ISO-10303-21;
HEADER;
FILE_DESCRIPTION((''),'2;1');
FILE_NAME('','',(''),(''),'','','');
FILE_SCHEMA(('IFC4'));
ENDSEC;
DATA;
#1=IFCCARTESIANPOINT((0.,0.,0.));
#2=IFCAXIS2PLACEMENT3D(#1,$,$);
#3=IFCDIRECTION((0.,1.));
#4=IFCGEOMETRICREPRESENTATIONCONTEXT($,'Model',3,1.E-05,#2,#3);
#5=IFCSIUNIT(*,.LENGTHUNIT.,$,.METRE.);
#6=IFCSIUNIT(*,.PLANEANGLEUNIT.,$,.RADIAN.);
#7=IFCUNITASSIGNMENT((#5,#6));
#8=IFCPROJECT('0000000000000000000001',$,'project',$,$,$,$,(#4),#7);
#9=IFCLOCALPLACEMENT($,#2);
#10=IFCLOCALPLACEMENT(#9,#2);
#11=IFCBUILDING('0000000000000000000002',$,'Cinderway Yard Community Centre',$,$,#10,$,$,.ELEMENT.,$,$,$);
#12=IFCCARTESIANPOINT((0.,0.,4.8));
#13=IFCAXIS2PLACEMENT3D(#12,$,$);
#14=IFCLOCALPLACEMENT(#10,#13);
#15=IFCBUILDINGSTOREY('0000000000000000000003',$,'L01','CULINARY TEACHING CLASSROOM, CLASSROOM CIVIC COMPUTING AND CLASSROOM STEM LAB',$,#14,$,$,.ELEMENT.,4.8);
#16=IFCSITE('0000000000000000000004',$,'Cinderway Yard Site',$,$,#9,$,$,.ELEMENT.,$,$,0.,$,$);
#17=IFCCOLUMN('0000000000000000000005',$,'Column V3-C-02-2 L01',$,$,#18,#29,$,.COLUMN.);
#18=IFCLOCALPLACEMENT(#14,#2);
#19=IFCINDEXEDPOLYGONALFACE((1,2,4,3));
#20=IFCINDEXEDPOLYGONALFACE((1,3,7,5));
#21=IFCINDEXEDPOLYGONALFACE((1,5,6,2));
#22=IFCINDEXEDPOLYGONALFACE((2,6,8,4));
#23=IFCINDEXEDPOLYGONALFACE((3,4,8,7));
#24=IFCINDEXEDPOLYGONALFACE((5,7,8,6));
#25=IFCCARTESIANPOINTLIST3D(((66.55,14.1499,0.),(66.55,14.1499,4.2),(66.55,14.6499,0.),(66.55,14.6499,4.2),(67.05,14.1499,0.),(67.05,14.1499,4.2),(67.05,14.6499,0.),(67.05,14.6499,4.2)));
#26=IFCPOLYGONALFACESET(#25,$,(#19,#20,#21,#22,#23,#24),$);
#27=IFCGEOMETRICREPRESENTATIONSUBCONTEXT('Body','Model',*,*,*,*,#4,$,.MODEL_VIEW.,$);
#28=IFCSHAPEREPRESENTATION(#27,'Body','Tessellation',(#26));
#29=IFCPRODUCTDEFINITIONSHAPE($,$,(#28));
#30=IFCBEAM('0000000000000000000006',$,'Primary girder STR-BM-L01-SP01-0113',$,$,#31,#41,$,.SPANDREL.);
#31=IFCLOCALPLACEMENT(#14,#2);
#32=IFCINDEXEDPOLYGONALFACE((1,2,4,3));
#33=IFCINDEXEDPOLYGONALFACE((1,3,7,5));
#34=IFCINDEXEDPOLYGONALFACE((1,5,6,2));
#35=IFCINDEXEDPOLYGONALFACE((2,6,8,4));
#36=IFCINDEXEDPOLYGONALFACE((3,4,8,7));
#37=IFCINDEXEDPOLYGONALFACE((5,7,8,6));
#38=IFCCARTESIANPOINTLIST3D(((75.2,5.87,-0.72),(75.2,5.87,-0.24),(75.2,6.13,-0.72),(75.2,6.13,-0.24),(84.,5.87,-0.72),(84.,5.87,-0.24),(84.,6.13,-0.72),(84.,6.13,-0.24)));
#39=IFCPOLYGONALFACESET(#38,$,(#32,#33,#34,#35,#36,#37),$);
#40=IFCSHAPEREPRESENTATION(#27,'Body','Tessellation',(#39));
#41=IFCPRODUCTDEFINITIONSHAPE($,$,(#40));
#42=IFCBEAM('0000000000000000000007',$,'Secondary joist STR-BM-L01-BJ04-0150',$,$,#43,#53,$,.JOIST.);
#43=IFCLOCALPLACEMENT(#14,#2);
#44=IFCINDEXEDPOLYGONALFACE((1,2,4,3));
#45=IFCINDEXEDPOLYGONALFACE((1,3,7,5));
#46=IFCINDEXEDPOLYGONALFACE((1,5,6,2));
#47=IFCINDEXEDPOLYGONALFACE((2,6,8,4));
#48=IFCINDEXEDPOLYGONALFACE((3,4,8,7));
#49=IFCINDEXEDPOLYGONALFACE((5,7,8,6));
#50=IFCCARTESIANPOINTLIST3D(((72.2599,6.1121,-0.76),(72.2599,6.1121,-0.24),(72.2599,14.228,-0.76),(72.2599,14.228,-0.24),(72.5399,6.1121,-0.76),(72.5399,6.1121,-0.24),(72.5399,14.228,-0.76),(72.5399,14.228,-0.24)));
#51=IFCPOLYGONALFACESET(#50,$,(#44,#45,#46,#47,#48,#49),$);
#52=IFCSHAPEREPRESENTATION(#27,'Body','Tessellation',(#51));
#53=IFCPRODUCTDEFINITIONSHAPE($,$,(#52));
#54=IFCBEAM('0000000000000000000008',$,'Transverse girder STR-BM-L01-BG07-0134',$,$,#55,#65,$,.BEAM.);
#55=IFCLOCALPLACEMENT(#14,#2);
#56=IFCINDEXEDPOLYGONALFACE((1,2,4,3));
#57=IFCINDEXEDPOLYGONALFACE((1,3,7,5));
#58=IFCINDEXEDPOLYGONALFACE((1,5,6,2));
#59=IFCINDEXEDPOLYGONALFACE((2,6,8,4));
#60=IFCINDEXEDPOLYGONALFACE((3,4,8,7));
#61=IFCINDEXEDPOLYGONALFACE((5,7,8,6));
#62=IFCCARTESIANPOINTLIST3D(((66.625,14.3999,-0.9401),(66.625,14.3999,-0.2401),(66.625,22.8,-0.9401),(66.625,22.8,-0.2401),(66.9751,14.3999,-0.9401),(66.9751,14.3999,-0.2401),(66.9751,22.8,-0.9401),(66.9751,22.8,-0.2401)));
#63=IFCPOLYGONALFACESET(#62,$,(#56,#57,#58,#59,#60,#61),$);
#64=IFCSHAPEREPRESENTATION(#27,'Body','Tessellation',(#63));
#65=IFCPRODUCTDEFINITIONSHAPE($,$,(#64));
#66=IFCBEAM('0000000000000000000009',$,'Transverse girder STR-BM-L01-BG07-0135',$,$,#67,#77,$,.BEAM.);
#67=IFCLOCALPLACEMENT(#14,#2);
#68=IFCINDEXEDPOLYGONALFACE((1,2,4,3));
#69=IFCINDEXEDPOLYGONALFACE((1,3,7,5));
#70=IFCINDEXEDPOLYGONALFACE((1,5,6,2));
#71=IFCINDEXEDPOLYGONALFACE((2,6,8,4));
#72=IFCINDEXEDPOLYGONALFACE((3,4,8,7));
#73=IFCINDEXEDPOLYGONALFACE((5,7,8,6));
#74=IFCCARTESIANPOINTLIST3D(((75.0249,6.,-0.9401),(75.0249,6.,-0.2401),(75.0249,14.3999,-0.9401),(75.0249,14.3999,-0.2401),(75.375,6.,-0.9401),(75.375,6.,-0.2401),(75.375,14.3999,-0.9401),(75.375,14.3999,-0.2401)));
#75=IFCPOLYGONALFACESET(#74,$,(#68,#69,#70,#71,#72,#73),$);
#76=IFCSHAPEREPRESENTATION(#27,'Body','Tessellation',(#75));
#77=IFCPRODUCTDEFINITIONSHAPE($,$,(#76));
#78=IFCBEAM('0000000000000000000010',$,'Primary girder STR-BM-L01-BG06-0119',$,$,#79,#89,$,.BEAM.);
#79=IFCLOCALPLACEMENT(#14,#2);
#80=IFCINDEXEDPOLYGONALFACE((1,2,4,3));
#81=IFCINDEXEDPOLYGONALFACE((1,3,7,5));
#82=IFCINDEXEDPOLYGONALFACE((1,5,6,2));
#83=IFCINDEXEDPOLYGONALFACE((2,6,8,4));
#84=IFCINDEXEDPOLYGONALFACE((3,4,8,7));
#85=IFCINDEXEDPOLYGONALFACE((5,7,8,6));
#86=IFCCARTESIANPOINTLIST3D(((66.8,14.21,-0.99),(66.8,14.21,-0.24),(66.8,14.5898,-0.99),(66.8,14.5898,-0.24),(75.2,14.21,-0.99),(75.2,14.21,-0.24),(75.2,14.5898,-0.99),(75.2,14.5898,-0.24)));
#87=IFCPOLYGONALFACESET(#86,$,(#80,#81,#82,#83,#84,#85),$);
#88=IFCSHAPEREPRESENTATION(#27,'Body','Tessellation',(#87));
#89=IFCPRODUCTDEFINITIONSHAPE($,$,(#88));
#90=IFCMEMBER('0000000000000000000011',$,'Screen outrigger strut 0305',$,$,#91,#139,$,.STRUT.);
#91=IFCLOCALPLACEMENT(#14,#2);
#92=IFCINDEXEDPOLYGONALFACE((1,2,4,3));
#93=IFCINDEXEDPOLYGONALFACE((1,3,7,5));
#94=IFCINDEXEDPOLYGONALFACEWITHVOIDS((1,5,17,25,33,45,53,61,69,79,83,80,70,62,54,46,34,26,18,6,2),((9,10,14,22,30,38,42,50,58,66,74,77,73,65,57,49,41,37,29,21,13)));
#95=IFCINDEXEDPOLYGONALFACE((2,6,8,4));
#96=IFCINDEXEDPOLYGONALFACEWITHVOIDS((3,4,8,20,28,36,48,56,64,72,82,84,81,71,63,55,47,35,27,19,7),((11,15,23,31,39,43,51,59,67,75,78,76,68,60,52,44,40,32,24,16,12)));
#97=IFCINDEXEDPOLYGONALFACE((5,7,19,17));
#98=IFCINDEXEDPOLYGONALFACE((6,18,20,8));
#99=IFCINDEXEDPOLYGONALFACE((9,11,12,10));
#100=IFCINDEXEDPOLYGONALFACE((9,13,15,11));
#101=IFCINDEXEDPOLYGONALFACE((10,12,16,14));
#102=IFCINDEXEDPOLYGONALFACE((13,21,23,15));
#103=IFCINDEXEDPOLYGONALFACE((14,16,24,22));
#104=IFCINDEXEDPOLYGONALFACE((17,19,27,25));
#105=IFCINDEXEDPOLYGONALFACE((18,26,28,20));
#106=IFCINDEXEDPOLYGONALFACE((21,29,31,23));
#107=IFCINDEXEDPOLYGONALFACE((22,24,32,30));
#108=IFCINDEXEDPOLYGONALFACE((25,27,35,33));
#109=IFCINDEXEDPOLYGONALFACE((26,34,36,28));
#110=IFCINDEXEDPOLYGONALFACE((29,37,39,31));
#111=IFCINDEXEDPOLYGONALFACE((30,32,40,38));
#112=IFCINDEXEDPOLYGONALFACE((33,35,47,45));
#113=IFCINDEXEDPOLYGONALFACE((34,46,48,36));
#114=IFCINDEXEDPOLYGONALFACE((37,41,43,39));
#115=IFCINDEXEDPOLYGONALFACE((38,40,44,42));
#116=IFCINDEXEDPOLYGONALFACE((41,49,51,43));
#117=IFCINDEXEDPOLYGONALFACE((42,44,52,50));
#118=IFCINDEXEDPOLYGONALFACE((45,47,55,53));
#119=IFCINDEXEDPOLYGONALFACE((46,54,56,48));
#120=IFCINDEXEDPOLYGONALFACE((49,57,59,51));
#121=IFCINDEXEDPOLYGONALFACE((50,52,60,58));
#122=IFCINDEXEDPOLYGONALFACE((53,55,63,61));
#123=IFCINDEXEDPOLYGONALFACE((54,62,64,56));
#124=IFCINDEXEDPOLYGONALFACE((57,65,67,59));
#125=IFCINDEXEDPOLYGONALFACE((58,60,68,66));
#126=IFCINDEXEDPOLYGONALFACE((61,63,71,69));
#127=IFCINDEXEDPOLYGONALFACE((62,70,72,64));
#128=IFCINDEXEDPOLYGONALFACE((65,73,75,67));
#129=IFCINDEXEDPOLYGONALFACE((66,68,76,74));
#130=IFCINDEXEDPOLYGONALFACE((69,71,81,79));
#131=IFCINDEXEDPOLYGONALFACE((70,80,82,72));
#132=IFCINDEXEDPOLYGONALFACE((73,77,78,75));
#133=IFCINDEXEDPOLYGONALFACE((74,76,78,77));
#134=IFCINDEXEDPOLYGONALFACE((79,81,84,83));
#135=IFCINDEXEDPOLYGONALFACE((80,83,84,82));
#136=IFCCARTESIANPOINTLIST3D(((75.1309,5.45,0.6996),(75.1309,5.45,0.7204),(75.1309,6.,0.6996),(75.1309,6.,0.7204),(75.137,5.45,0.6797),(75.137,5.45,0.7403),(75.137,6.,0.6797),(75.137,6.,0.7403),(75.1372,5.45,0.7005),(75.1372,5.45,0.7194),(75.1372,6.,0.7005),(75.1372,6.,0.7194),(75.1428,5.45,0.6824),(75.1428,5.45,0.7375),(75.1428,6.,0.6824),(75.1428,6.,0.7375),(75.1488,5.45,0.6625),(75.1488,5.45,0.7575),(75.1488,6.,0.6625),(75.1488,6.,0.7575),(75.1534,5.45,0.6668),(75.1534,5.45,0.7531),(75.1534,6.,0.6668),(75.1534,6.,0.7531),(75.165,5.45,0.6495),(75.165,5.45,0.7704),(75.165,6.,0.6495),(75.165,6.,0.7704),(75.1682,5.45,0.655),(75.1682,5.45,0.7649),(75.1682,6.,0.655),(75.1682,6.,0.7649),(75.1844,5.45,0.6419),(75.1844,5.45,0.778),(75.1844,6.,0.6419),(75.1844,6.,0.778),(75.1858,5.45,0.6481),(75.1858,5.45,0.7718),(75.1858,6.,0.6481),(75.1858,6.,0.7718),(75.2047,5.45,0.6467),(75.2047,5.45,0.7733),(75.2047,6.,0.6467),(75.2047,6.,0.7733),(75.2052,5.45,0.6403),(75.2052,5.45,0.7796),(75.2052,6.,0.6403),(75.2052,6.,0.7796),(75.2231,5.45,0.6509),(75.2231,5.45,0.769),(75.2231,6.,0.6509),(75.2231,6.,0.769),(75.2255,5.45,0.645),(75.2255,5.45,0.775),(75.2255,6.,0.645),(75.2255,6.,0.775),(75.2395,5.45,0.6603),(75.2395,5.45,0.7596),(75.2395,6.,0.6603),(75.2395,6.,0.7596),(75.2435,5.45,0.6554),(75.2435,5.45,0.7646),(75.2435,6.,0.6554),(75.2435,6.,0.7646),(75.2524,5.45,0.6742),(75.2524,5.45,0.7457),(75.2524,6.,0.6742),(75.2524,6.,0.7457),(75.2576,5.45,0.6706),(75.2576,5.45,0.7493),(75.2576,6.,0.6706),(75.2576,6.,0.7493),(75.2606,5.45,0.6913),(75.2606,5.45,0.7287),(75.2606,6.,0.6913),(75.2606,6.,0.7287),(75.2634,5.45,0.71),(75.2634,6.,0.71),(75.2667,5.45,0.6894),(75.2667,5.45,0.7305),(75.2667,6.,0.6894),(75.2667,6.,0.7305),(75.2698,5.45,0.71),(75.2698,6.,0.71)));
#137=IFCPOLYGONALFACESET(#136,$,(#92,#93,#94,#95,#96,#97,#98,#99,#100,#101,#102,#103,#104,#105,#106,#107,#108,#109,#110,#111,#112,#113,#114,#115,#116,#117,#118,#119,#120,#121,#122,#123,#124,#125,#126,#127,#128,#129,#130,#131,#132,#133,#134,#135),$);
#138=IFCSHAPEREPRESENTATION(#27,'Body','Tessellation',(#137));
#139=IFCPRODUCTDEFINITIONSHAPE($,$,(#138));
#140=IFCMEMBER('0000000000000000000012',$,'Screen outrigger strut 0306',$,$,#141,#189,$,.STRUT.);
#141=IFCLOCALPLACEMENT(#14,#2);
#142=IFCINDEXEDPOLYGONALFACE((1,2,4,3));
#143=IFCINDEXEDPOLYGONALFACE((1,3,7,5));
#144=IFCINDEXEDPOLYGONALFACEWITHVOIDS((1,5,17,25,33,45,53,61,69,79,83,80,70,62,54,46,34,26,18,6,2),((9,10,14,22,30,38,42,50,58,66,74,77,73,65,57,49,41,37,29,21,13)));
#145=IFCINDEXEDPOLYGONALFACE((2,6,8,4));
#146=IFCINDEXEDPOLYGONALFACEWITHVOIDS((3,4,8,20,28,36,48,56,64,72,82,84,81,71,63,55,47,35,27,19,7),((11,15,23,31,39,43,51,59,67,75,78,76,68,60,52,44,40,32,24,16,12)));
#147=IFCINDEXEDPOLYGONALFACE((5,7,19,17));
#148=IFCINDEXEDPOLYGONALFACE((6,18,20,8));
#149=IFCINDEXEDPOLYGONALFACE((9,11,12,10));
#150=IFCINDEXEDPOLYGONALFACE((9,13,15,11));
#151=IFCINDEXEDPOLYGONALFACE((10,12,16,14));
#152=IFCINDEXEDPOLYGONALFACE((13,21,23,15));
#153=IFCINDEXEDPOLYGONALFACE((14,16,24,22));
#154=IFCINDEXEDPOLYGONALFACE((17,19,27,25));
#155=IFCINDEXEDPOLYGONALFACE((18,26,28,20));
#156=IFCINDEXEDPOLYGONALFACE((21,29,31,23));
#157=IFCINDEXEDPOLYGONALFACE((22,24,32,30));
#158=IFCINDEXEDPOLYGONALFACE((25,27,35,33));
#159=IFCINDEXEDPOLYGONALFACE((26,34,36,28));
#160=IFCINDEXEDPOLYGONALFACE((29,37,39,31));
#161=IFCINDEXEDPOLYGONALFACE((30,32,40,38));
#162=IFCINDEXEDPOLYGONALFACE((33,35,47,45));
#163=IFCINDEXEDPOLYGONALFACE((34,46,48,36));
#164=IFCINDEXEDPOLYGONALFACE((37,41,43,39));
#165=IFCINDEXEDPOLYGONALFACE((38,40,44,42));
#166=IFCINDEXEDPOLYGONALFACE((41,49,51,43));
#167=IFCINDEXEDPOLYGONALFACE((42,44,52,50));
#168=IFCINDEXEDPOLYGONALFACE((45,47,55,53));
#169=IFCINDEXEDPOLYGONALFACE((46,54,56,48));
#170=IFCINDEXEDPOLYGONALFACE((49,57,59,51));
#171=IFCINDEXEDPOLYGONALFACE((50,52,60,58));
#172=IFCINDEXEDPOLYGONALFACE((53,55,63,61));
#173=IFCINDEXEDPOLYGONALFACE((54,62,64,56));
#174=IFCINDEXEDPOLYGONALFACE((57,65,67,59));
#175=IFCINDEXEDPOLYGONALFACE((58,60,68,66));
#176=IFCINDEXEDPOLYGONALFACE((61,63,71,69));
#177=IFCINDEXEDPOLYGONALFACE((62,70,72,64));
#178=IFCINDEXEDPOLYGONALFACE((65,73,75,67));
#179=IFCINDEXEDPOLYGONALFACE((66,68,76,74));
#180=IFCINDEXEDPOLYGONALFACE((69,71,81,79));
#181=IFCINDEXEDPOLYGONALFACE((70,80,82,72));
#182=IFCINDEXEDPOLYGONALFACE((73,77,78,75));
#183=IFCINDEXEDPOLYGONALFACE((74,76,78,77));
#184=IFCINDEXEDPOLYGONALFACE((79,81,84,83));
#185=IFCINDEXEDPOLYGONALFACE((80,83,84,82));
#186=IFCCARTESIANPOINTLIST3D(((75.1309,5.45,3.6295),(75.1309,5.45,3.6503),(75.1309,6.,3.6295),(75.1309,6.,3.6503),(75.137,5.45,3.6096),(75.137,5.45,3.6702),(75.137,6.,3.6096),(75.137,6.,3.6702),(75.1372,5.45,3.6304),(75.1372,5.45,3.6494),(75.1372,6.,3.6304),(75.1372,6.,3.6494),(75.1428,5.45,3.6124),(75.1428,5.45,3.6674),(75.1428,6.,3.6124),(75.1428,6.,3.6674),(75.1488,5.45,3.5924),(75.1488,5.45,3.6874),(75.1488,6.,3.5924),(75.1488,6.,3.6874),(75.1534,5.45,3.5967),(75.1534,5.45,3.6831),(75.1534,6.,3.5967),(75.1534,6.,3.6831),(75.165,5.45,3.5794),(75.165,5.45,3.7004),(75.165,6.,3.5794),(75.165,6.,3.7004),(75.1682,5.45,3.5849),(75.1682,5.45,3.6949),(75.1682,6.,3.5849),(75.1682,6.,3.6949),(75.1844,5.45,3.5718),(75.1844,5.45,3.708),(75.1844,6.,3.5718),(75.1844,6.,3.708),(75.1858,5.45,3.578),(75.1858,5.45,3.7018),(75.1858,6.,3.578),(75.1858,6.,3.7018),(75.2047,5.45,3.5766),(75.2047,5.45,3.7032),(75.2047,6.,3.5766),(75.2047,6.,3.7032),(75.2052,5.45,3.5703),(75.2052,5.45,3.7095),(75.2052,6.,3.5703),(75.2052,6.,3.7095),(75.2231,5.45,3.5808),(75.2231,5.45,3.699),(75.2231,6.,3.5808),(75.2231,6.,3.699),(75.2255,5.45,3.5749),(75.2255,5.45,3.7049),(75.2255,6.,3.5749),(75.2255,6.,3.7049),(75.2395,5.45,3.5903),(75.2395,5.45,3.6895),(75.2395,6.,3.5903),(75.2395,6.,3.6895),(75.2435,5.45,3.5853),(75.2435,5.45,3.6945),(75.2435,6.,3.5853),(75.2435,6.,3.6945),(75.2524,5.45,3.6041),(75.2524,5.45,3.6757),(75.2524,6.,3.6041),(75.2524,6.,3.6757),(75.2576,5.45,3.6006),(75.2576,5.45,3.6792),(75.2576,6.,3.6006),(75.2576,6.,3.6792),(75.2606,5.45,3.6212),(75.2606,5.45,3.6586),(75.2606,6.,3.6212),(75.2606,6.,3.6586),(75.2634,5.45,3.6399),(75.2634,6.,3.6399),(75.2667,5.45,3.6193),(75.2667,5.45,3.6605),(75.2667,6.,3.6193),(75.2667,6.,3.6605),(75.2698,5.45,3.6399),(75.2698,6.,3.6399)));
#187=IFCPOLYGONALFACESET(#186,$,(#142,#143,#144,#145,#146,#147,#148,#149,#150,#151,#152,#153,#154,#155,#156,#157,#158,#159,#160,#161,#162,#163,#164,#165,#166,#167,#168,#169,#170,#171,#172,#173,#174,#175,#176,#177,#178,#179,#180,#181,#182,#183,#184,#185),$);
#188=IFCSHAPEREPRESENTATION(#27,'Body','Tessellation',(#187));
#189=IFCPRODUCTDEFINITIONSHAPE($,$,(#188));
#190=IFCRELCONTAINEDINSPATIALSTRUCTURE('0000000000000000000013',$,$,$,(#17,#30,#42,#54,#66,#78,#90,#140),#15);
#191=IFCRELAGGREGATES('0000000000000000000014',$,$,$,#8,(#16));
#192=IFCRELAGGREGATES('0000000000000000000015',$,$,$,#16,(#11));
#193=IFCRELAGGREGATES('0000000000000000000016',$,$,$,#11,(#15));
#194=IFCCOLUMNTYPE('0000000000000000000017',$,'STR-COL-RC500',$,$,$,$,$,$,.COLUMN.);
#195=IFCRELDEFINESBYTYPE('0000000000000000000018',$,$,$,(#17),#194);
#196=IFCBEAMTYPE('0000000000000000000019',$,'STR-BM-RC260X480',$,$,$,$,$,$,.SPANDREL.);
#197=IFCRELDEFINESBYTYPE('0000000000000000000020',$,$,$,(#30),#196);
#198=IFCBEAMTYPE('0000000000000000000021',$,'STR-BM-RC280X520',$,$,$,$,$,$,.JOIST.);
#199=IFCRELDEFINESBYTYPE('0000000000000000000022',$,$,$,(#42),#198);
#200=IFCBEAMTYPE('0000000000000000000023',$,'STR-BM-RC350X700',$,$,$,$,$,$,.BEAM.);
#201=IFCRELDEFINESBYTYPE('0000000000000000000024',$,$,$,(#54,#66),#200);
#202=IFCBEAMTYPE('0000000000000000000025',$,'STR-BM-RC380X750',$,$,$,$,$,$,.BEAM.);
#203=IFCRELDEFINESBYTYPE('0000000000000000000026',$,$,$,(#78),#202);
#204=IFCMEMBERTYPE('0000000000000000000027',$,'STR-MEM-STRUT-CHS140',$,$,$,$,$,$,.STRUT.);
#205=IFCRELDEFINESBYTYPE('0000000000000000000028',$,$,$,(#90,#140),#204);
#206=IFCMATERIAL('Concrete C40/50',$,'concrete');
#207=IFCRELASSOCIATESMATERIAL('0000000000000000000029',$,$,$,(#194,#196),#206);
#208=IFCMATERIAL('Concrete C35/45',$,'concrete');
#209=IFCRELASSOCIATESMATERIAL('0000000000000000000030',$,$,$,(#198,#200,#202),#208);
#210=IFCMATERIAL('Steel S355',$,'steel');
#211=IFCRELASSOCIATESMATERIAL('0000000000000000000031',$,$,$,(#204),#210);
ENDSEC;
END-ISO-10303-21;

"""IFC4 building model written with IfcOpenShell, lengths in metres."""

from ifc_helpers import new_model, si_unit, direction, frame, origin, origin_2d, place, context, subcontext, project, spatial, rectangle, hollow_circle, extrude, material, material_profile, profile_set, type_object, element, save


model = new_model("IFC4")

# Units and contexts
model_context = context("Model", 3, precision=1e-05, world=origin(), true_north=direction((0.0, 1.0)))
body_context = subcontext(model_context, "Body", "Model", "MODEL_VIEW")
ifc_project = project(units=[si_unit("LENGTHUNIT", "METRE"), si_unit("PLANEANGLEUNIT", "RADIAN")], contexts=[model_context])

# Site, building, storey
site_placement = place(None, origin())
site = spatial("IfcSite", under=ifc_project, at=site_placement, Name="Cinderway Yard Site", CompositionType="ELEMENT", RefElevation=0.0)
building_placement = place(site_placement, origin())
building = spatial("IfcBuilding", under=site, at=building_placement, Name="Cinderway Yard Community Centre", CompositionType="ELEMENT")
storey_placement = place(building_placement, frame((0.0, 0.0, 4.8)))
storey = spatial("IfcBuildingStorey", under=building, at=storey_placement, Name="L01", Description="CULINARY TEACHING CLASSROOM, CLASSROOM CIVIC COMPUTING AND CLASSROOM STEM LAB", CompositionType="ELEMENT", Elevation=4.8)

# Column
ifc_material_1 = material(Name="Concrete C40/50", Category="concrete")
ifc_material_profile_1 = material_profile(ifc_material_1, rectangle(XDim=0.5, YDim=0.5, at=origin_2d()), Name="Concrete C40/50")
ifc_profile_set_1 = profile_set([ifc_material_profile_1], Name="Concrete C40/50")
column_type = type_object("IfcColumnType", Name="STR-COL-RC500", PredefinedType="COLUMN", material=ifc_profile_set_1)
column_placement = place(storey_placement, frame((66.8, 14.3999, 0.0), z_axis=(0.0, 0.0, 1.0), x_axis=(1.0, 0.0, 0.0)))
element("IfcColumn", 1, at=column_placement, inside=storey, type_object=column_type, Name="Column V3-C-02-2 L01", PredefinedType="COLUMN", context=body_context, shape_type="SweptSolid", body=[
    extrude(rectangle(XDim=0.5, YDim=0.5, at=origin_2d()), origin(), (0.0, 0.0, 1.0), 4.2),
])

# Beams
ifc_material_profile_2 = material_profile(ifc_material_1, rectangle(XDim=0.26, YDim=0.48, at=origin_2d()), Name="Concrete C40/50")
ifc_profile_set_2 = profile_set([ifc_material_profile_2], Name="Concrete C40/50")
beam_type_1 = type_object("IfcBeamType", Name="STR-BM-RC260X480", PredefinedType="SPANDREL", material=ifc_profile_set_2)
beam_1_placement = place(storey_placement, frame((75.2, 6.0, -0.48), z_axis=(1.0, 0.0, 0.0), x_axis=(0.0, 1.0, 0.0)))
element("IfcBeam", 2, at=beam_1_placement, inside=storey, type_object=beam_type_1, Name="Primary girder STR-BM-L01-SP01-0113", PredefinedType="SPANDREL", context=body_context, shape_type="SweptSolid", body=[
    extrude(rectangle(XDim=0.26, YDim=0.48, at=origin_2d()), origin(), (0.0, 0.0, 1.0), 8.8),
])
ifc_material_2 = material(Name="Concrete C35/45", Category="concrete")
ifc_material_profile_3 = material_profile(ifc_material_2, rectangle(XDim=0.28, YDim=0.52, at=origin_2d()), Name="Concrete C35/45")
ifc_profile_set_3 = profile_set([ifc_material_profile_3], Name="Concrete C35/45")
beam_type_2 = type_object("IfcBeamType", Name="STR-BM-RC280X520", PredefinedType="JOIST", material=ifc_profile_set_3)
beam_2_placement = place(storey_placement, frame((72.3999, 6.1121, -0.5), z_axis=(0.0, 1.0, 0.0), x_axis=(-1.0, 0.0, 0.0)))
element("IfcBeam", 3, at=beam_2_placement, inside=storey, type_object=beam_type_2, Name="Secondary joist STR-BM-L01-BJ04-0150", PredefinedType="JOIST", context=body_context, shape_type="SweptSolid", body=[
    extrude(rectangle(XDim=0.28, YDim=0.52, at=origin_2d()), origin(), (0.0, 0.0, 1.0), 8.116),
])
ifc_material_profile_4 = material_profile(ifc_material_2, rectangle(XDim=0.3501, YDim=0.7, at=origin_2d()), Name="Concrete C35/45")
ifc_profile_set_4 = profile_set([ifc_material_profile_4], Name="Concrete C35/45")
beam_type_3 = type_object("IfcBeamType", Name="STR-BM-RC350X700", PredefinedType="BEAM", material=ifc_profile_set_4)
beam_3_placement = place(storey_placement, frame((66.8, 14.3999, -0.5901), z_axis=(0.0, 1.0, 0.0), x_axis=(-1.0, 0.0, 0.0)))
element("IfcBeam", 4, at=beam_3_placement, inside=storey, type_object=beam_type_3, Name="Transverse girder STR-BM-L01-BG07-0134", PredefinedType="BEAM", context=body_context, shape_type="SweptSolid", body=[
    extrude(rectangle(XDim=0.3501, YDim=0.7, at=origin_2d()), origin(), (0.0, 0.0, 1.0), 8.4001),
])
beam_4_placement = place(storey_placement, frame((75.2, 6.0, -0.5901), z_axis=(0.0, 1.0, 0.0), x_axis=(-1.0, 0.0, 0.0)))
element("IfcBeam", 5, at=beam_4_placement, inside=storey, type_object=beam_type_3, Name="Transverse girder STR-BM-L01-BG07-0135", PredefinedType="BEAM", context=body_context, shape_type="SweptSolid", body=[
    extrude(rectangle(XDim=0.3501, YDim=0.7, at=origin_2d()), origin(), (0.0, 0.0, 1.0), 8.3999),
])
ifc_material_profile_5 = material_profile(ifc_material_2, rectangle(XDim=0.3799, YDim=0.75, at=origin_2d()), Name="Concrete C35/45")
ifc_profile_set_5 = profile_set([ifc_material_profile_5], Name="Concrete C35/45")
beam_type_4 = type_object("IfcBeamType", Name="STR-BM-RC380X750", PredefinedType="BEAM", material=ifc_profile_set_5)
beam_5_placement = place(storey_placement, frame((66.8, 14.3999, -0.615), z_axis=(1.0, 0.0, 0.0), x_axis=(0.0, 1.0, 0.0)))
element("IfcBeam", 6, at=beam_5_placement, inside=storey, type_object=beam_type_4, Name="Primary girder STR-BM-L01-BG06-0119", PredefinedType="BEAM", context=body_context, shape_type="SweptSolid", body=[
    extrude(rectangle(XDim=0.3799, YDim=0.75, at=origin_2d()), origin(), (0.0, 0.0, 1.0), 8.3999),
])

# Members
ifc_material_3 = material(Name="Steel S355", Category="steel")
ifc_material_profile_6 = material_profile(ifc_material_3, hollow_circle(Radius=0.0698, WallThickness=0.0063, at=origin_2d()), Name="Steel S355")
ifc_profile_set_6 = profile_set([ifc_material_profile_6], Name="Steel S355")
member_type = type_object("IfcMemberType", Name="STR-MEM-STRUT-CHS140", PredefinedType="STRUT", material=ifc_profile_set_6)
for number, where, z_axis, x_axis, name in (
    (7, (75.2, 6.0, 0.71), (0.0, -1.0, 0.0), (1.0, 0.0, 0.0), "Screen outrigger strut 0305"),
    (8, (75.2, 6.0, 3.6399), (0.0, -1.0, 0.0), (1.0, 0.0, 0.0), "Screen outrigger strut 0306"),
):
    element("IfcMember", number, at=place(storey_placement, frame(where, z_axis=z_axis, x_axis=x_axis)), inside=storey, type_object=member_type, Name=name, PredefinedType="STRUT", context=body_context, shape_type="SweptSolid", body=[
        extrude(hollow_circle(Radius=0.0698, WallThickness=0.0063, at=origin_2d()), origin(), (0.0, 0.0, 1.0), 0.55),
    ])

save(model, "model.ifc")
